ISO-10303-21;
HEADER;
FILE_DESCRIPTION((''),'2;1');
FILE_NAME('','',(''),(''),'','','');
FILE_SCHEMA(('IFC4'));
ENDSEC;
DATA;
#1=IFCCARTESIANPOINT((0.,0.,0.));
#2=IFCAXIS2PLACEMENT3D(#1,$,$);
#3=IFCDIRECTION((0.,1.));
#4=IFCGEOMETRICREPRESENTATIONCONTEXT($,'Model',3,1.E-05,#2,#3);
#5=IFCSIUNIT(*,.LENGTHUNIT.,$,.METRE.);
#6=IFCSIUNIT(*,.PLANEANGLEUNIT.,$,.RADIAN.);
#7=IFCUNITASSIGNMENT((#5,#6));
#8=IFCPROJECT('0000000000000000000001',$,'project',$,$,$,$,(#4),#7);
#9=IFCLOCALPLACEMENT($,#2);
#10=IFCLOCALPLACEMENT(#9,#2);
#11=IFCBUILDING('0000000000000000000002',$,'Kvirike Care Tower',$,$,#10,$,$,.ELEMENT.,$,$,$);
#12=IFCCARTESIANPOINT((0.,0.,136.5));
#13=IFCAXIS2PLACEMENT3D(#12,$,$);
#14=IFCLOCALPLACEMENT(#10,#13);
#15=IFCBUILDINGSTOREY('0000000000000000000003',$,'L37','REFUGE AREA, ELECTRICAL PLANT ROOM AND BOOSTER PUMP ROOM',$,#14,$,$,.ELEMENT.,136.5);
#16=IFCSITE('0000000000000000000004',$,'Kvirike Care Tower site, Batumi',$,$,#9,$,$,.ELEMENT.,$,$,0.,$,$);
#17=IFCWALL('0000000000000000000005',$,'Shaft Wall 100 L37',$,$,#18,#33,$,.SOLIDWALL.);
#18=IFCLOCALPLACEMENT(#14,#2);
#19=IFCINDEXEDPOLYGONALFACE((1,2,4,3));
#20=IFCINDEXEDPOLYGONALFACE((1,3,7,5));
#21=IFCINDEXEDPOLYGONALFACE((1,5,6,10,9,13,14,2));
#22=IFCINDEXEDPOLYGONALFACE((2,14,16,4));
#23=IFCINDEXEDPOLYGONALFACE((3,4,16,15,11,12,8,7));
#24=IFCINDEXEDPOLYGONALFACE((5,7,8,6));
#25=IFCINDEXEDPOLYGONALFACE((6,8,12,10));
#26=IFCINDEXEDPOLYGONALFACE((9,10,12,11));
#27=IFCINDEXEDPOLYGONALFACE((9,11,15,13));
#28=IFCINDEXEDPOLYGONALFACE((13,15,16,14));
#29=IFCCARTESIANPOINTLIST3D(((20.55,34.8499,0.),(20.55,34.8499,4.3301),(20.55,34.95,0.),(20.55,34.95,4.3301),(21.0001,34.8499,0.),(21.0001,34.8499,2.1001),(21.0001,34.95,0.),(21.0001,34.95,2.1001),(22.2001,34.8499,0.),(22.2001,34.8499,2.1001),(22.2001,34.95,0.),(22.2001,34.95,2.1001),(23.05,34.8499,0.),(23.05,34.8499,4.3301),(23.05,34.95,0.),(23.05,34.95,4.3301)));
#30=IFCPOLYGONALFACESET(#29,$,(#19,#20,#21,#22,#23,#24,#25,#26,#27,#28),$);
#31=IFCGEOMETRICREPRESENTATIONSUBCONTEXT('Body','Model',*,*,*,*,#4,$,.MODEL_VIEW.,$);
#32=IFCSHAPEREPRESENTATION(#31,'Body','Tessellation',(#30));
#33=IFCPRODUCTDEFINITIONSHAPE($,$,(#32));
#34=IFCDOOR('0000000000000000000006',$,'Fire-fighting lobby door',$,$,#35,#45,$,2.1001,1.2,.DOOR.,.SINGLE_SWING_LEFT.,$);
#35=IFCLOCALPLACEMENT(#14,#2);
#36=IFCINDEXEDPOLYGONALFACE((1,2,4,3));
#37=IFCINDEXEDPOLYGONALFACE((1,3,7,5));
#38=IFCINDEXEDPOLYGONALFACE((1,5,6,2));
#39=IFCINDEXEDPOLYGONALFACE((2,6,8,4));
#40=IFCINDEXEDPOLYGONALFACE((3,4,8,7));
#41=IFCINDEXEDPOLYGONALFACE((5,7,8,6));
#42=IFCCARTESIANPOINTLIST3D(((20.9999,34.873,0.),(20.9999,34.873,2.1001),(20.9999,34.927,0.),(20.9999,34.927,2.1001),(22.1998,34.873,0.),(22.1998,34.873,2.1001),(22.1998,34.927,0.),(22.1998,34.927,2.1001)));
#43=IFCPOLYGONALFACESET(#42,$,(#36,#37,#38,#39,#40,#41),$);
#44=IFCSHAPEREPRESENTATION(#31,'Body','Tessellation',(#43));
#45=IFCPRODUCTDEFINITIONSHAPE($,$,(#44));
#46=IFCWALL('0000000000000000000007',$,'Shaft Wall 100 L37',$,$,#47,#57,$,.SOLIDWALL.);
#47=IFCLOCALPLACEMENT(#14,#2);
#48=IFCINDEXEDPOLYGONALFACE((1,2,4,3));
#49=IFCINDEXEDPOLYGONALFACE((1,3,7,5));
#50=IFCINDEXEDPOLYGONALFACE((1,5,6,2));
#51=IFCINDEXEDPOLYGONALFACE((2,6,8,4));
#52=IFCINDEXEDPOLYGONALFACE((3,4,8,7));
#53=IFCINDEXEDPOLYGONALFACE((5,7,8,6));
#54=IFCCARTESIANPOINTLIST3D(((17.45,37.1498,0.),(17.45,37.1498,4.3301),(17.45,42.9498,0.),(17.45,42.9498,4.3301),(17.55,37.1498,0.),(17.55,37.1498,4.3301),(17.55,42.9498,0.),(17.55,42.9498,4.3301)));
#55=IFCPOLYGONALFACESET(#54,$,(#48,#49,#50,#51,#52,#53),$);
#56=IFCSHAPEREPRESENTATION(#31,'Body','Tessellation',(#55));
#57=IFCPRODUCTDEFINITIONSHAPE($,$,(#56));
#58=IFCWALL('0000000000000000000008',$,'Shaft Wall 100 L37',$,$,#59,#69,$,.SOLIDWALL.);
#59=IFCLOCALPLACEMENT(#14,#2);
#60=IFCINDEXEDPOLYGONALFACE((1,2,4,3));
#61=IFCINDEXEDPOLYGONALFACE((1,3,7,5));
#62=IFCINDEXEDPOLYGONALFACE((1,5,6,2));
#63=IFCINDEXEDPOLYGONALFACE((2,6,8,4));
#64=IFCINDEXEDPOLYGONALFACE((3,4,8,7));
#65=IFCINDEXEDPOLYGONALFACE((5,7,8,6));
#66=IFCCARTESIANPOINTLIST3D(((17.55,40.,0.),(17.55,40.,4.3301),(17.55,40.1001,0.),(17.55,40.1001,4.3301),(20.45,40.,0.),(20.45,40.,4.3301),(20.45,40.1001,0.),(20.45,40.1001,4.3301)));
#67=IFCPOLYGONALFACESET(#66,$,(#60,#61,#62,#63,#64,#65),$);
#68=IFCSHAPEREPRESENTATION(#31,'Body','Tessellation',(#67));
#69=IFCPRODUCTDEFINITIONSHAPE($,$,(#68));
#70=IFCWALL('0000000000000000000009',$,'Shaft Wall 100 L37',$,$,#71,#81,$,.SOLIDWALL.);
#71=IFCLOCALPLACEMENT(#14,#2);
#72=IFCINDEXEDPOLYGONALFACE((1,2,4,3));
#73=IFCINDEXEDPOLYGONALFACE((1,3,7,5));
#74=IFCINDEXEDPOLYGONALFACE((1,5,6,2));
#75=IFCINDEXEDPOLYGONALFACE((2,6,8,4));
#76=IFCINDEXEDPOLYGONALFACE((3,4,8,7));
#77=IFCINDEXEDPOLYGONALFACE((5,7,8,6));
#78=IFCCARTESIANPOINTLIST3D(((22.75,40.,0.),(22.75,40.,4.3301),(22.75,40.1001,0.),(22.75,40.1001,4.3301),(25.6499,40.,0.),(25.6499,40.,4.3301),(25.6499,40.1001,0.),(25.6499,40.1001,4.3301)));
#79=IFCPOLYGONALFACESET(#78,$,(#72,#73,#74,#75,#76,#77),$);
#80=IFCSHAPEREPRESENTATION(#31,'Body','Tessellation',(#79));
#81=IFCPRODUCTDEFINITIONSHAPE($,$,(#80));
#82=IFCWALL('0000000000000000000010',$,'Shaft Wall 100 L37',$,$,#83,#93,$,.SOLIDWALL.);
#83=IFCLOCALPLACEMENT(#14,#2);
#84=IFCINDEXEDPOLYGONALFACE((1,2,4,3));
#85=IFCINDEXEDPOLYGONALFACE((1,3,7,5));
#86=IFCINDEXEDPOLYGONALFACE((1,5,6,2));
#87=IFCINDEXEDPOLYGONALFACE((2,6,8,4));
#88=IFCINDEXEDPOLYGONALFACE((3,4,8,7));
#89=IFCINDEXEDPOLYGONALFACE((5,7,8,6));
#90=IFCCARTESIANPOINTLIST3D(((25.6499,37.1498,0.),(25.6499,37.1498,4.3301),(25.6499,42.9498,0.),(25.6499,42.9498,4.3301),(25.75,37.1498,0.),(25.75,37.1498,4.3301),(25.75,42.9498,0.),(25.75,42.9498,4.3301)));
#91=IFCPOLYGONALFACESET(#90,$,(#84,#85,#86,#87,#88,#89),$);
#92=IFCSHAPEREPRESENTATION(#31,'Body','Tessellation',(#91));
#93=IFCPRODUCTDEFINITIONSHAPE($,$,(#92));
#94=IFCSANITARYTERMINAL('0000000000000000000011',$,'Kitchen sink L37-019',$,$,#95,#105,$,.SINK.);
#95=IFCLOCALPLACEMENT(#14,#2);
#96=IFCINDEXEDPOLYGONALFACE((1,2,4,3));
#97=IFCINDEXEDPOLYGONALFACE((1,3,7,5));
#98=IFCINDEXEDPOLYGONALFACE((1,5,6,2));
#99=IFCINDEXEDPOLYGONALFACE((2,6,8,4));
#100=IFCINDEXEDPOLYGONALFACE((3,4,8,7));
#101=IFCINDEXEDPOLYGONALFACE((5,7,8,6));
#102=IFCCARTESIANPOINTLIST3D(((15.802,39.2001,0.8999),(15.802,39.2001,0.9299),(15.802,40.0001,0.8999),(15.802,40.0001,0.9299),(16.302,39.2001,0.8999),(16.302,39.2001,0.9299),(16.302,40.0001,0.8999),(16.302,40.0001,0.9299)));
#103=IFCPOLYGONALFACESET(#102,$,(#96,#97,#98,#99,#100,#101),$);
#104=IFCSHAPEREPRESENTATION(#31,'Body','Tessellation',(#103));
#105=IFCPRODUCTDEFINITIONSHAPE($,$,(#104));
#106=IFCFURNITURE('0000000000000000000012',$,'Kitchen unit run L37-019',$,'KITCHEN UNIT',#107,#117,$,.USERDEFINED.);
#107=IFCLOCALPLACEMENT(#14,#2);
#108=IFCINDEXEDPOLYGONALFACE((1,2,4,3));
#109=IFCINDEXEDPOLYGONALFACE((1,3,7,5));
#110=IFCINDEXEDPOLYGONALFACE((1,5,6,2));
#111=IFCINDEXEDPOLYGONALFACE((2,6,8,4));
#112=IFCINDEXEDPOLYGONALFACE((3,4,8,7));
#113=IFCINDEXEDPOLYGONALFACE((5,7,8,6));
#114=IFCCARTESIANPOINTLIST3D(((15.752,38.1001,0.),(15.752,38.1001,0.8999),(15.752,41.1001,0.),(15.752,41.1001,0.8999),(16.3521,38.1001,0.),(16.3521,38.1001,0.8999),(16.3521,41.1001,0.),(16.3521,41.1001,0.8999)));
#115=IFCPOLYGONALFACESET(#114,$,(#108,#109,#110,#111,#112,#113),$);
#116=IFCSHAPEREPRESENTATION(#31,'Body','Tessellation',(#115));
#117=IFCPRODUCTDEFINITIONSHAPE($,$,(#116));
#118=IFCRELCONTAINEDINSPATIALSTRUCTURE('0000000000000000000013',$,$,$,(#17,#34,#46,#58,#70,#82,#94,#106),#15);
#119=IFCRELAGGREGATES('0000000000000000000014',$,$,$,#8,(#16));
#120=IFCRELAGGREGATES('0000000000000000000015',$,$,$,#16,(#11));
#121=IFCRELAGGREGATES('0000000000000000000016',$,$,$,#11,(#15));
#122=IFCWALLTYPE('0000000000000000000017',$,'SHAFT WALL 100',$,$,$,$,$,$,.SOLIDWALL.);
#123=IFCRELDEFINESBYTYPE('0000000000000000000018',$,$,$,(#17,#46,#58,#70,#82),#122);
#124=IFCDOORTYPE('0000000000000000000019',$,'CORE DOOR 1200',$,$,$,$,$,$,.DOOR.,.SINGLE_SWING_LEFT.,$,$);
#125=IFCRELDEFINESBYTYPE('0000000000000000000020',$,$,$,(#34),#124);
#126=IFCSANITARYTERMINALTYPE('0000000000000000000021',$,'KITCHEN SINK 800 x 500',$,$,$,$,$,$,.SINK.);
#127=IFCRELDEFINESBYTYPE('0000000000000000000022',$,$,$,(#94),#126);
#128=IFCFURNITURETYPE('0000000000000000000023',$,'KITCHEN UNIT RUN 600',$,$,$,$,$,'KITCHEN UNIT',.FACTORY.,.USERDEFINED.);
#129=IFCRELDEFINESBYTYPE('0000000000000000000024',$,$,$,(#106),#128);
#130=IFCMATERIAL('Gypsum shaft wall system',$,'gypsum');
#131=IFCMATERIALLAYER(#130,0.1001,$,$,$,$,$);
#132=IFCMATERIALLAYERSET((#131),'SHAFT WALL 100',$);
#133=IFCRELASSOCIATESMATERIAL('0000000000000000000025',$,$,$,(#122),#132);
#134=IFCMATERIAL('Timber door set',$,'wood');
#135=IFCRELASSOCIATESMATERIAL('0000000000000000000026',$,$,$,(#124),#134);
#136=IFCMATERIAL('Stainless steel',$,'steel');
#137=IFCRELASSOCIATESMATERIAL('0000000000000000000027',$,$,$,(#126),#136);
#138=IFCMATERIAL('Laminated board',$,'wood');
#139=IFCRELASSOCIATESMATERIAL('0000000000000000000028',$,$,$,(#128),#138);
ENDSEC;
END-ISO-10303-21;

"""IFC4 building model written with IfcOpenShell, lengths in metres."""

from ifc_helpers import new_model, si_unit, direction, frame, frame_2d, origin, origin_2d, place, context, subcontext, project, spatial, rectangle, extrude, material, layer, layer_set, type_object, element, fill, save


model = new_model("IFC4")

# Units and contexts
model_context = context("Model", 3, precision=1e-05, world=origin(), true_north=direction((0.0, 1.0)))
body_context = subcontext(model_context, "Body", "Model", "MODEL_VIEW")
ifc_project = project(units=[si_unit("LENGTHUNIT", "METRE"), si_unit("PLANEANGLEUNIT", "RADIAN")], contexts=[model_context])

# Site, building, storey
site_placement = place(None, origin())
site = spatial("IfcSite", under=ifc_project, at=site_placement, Name="Kvirike Care Tower site, Batumi", CompositionType="ELEMENT", RefElevation=0.0)
building_placement = place(site_placement, origin())
building = spatial("IfcBuilding", under=site, at=building_placement, Name="Kvirike Care Tower", CompositionType="ELEMENT")
storey_placement = place(building_placement, frame((0.0, 0.0, 136.5)))
storey = spatial("IfcBuildingStorey", under=building, at=storey_placement, Name="L37", Description="REFUGE AREA, ELECTRICAL PLANT ROOM AND BOOSTER PUMP ROOM", CompositionType="ELEMENT", Elevation=136.5)

# Shared definitions
ifc_material_1 = material(Name="Gypsum shaft wall system", Category="gypsum")
ifc_layer = layer(ifc_material_1, 0.1001)
ifc_layer_set = layer_set([ifc_layer], Name="SHAFT WALL 100")
wall_type = type_object("IfcWallType", Name="SHAFT WALL 100", PredefinedType="SOLIDWALL", material=ifc_layer_set)

# Wall, opening, door
wall_1_placement = place(storey_placement, frame((20.55, 34.8999, 0.0), z_axis=(0.0, 0.0, 1.0), x_axis=(1.0, 0.0, 0.0)))
wall_1 = element("IfcWall", 1, at=wall_1_placement, inside=storey, type_object=wall_type, Name="Shaft Wall 100 L37", PredefinedType="SOLIDWALL", context=body_context, shape_type="SweptSolid", body=[
    extrude(rectangle(XDim=2.5, YDim=0.1001, at=frame_2d((1.25, 0.0))), origin(), (0.0, 0.0, 1.0), 4.3301),
])
opening_1_placement = place(wall_1_placement, frame((0.45, 0.0, 0.0)))
opening_1 = element("IfcOpeningElement", 2, at=opening_1_placement, cuts=wall_1, PredefinedType="OPENING", context=body_context, shape_type="SweptSolid", body=[
    extrude(rectangle(XDim=1.2, YDim=2.1001, at=frame_2d((0.6001, 1.05))), frame((0.0, 0.0605, 0.0), z_axis=(0.0, -1.0, 0.0), x_axis=(1.0, 0.0, 0.0)), (0.0, 0.0, 1.0), 0.1211),
])
ifc_material_2 = material(Name="Timber door set", Category="wood")
door_type_1 = type_object("IfcDoorType", Name="CORE DOOR 1200", OperationType="SINGLE_SWING_LEFT", PredefinedType="DOOR", material=ifc_material_2)
door_1_placement = place(opening_1_placement, frame((1.2, 0.0, 0.0), z_axis=(0.0, 0.0, 1.0), x_axis=(-1.0, 0.0, 0.0)))
door_1 = element("IfcDoor", 3, at=door_1_placement, inside=storey, type_object=door_type_1, Name="Fire-fighting lobby door", OperationType="SINGLE_SWING_LEFT", OverallHeight=2.1001, OverallWidth=1.2, PredefinedType="DOOR", context=body_context, shape_type="SweptSolid", body=[
    extrude(rectangle(XDim=1.2, YDim=2.1001, at=frame_2d((0.6001, 1.05))), frame((0.0, 0.0269, 0.0), z_axis=(0.0, -1.0, 0.0), x_axis=(1.0, 0.0, 0.0)), (0.0, 0.0, 1.0), 0.054),
])
fill(opening_1, door_1)

# Walls
wall_2_placement = place(storey_placement, frame((17.5, 37.1499, 0.0), z_axis=(0.0, 0.0, 1.0), x_axis=(0.0, 1.0, 0.0)))
element("IfcWall", 4, at=wall_2_placement, inside=storey, type_object=wall_type, Name="Shaft Wall 100 L37", PredefinedType="SOLIDWALL", context=body_context, shape_type="SweptSolid", body=[
    extrude(rectangle(XDim=5.8, YDim=0.1001, at=frame_2d((2.8999, 0.0))), origin(), (0.0, 0.0, 1.0), 4.3301),
])
for number, where, z_axis, x_axis, name in (
    (5, (17.55, 40.05, 0.0), (0.0, 0.0, 1.0), (1.0, 0.0, 0.0), "Shaft Wall 100 L37"),
    (6, (22.75, 40.05, 0.0), (0.0, 0.0, 1.0), (1.0, 0.0, 0.0), "Shaft Wall 100 L37"),
):
    element("IfcWall", number, at=place(storey_placement, frame(where, z_axis=z_axis, x_axis=x_axis)), inside=storey, type_object=wall_type, Name=name, PredefinedType="SOLIDWALL", context=body_context, shape_type="SweptSolid", body=[
        extrude(rectangle(XDim=2.8999, YDim=0.1001, at=frame_2d((1.45, 0.0))), origin(), (0.0, 0.0, 1.0), 4.3301),
    ])
wall_3_placement = place(storey_placement, frame((25.7, 37.1499, 0.0), z_axis=(0.0, 0.0, 1.0), x_axis=(0.0, 1.0, 0.0)))
element("IfcWall", 7, at=wall_3_placement, inside=storey, type_object=wall_type, Name="Shaft Wall 100 L37", PredefinedType="SOLIDWALL", context=body_context, shape_type="SweptSolid", body=[
    extrude(rectangle(XDim=5.8, YDim=0.1001, at=frame_2d((2.8999, 0.0))), origin(), (0.0, 0.0, 1.0), 4.3301),
])

# Sanitary terminal
ifc_material_3 = material(Name="Stainless steel", Category="steel")
sanitary_terminal_type = type_object("IfcSanitaryTerminalType", Name="KITCHEN SINK 800 x 500", PredefinedType="SINK", material=ifc_material_3)
sanitary_terminal_placement = place(storey_placement, frame((16.052, 39.6001, 0.8999), z_axis=(0.0, 0.0, 1.0), x_axis=(0.0, 1.0, 0.0)))
element("IfcSanitaryTerminal", 8, at=sanitary_terminal_placement, inside=storey, type_object=sanitary_terminal_type, Name="Kitchen sink L37-019", PredefinedType="SINK", context=body_context, shape_type="SweptSolid", body=[
    extrude(rectangle(XDim=0.8, YDim=0.5, at=origin_2d()), origin(), (0.0, 0.0, 1.0), 0.03),
])

# Furniture
ifc_material_4 = material(Name="Laminated board", Category="wood")
furniture_type = type_object("IfcFurnitureType", Name="KITCHEN UNIT RUN 600", ElementType="KITCHEN UNIT", AssemblyPlace="FACTORY", PredefinedType="USERDEFINED", material=ifc_material_4)
furniture_placement = place(storey_placement, frame((16.052, 39.6001, 0.0), z_axis=(0.0, 0.0, 1.0), x_axis=(0.0, 1.0, 0.0)))
element("IfcFurniture", 9, at=furniture_placement, inside=storey, type_object=furniture_type, Name="Kitchen unit run L37-019", ObjectType="KITCHEN UNIT", PredefinedType="USERDEFINED", context=body_context, shape_type="SweptSolid", body=[
    extrude(rectangle(XDim=3.0, YDim=0.6001, at=origin_2d()), origin(), (0.0, 0.0, 1.0), 0.8999),
])

save(model, "model.ifc")
